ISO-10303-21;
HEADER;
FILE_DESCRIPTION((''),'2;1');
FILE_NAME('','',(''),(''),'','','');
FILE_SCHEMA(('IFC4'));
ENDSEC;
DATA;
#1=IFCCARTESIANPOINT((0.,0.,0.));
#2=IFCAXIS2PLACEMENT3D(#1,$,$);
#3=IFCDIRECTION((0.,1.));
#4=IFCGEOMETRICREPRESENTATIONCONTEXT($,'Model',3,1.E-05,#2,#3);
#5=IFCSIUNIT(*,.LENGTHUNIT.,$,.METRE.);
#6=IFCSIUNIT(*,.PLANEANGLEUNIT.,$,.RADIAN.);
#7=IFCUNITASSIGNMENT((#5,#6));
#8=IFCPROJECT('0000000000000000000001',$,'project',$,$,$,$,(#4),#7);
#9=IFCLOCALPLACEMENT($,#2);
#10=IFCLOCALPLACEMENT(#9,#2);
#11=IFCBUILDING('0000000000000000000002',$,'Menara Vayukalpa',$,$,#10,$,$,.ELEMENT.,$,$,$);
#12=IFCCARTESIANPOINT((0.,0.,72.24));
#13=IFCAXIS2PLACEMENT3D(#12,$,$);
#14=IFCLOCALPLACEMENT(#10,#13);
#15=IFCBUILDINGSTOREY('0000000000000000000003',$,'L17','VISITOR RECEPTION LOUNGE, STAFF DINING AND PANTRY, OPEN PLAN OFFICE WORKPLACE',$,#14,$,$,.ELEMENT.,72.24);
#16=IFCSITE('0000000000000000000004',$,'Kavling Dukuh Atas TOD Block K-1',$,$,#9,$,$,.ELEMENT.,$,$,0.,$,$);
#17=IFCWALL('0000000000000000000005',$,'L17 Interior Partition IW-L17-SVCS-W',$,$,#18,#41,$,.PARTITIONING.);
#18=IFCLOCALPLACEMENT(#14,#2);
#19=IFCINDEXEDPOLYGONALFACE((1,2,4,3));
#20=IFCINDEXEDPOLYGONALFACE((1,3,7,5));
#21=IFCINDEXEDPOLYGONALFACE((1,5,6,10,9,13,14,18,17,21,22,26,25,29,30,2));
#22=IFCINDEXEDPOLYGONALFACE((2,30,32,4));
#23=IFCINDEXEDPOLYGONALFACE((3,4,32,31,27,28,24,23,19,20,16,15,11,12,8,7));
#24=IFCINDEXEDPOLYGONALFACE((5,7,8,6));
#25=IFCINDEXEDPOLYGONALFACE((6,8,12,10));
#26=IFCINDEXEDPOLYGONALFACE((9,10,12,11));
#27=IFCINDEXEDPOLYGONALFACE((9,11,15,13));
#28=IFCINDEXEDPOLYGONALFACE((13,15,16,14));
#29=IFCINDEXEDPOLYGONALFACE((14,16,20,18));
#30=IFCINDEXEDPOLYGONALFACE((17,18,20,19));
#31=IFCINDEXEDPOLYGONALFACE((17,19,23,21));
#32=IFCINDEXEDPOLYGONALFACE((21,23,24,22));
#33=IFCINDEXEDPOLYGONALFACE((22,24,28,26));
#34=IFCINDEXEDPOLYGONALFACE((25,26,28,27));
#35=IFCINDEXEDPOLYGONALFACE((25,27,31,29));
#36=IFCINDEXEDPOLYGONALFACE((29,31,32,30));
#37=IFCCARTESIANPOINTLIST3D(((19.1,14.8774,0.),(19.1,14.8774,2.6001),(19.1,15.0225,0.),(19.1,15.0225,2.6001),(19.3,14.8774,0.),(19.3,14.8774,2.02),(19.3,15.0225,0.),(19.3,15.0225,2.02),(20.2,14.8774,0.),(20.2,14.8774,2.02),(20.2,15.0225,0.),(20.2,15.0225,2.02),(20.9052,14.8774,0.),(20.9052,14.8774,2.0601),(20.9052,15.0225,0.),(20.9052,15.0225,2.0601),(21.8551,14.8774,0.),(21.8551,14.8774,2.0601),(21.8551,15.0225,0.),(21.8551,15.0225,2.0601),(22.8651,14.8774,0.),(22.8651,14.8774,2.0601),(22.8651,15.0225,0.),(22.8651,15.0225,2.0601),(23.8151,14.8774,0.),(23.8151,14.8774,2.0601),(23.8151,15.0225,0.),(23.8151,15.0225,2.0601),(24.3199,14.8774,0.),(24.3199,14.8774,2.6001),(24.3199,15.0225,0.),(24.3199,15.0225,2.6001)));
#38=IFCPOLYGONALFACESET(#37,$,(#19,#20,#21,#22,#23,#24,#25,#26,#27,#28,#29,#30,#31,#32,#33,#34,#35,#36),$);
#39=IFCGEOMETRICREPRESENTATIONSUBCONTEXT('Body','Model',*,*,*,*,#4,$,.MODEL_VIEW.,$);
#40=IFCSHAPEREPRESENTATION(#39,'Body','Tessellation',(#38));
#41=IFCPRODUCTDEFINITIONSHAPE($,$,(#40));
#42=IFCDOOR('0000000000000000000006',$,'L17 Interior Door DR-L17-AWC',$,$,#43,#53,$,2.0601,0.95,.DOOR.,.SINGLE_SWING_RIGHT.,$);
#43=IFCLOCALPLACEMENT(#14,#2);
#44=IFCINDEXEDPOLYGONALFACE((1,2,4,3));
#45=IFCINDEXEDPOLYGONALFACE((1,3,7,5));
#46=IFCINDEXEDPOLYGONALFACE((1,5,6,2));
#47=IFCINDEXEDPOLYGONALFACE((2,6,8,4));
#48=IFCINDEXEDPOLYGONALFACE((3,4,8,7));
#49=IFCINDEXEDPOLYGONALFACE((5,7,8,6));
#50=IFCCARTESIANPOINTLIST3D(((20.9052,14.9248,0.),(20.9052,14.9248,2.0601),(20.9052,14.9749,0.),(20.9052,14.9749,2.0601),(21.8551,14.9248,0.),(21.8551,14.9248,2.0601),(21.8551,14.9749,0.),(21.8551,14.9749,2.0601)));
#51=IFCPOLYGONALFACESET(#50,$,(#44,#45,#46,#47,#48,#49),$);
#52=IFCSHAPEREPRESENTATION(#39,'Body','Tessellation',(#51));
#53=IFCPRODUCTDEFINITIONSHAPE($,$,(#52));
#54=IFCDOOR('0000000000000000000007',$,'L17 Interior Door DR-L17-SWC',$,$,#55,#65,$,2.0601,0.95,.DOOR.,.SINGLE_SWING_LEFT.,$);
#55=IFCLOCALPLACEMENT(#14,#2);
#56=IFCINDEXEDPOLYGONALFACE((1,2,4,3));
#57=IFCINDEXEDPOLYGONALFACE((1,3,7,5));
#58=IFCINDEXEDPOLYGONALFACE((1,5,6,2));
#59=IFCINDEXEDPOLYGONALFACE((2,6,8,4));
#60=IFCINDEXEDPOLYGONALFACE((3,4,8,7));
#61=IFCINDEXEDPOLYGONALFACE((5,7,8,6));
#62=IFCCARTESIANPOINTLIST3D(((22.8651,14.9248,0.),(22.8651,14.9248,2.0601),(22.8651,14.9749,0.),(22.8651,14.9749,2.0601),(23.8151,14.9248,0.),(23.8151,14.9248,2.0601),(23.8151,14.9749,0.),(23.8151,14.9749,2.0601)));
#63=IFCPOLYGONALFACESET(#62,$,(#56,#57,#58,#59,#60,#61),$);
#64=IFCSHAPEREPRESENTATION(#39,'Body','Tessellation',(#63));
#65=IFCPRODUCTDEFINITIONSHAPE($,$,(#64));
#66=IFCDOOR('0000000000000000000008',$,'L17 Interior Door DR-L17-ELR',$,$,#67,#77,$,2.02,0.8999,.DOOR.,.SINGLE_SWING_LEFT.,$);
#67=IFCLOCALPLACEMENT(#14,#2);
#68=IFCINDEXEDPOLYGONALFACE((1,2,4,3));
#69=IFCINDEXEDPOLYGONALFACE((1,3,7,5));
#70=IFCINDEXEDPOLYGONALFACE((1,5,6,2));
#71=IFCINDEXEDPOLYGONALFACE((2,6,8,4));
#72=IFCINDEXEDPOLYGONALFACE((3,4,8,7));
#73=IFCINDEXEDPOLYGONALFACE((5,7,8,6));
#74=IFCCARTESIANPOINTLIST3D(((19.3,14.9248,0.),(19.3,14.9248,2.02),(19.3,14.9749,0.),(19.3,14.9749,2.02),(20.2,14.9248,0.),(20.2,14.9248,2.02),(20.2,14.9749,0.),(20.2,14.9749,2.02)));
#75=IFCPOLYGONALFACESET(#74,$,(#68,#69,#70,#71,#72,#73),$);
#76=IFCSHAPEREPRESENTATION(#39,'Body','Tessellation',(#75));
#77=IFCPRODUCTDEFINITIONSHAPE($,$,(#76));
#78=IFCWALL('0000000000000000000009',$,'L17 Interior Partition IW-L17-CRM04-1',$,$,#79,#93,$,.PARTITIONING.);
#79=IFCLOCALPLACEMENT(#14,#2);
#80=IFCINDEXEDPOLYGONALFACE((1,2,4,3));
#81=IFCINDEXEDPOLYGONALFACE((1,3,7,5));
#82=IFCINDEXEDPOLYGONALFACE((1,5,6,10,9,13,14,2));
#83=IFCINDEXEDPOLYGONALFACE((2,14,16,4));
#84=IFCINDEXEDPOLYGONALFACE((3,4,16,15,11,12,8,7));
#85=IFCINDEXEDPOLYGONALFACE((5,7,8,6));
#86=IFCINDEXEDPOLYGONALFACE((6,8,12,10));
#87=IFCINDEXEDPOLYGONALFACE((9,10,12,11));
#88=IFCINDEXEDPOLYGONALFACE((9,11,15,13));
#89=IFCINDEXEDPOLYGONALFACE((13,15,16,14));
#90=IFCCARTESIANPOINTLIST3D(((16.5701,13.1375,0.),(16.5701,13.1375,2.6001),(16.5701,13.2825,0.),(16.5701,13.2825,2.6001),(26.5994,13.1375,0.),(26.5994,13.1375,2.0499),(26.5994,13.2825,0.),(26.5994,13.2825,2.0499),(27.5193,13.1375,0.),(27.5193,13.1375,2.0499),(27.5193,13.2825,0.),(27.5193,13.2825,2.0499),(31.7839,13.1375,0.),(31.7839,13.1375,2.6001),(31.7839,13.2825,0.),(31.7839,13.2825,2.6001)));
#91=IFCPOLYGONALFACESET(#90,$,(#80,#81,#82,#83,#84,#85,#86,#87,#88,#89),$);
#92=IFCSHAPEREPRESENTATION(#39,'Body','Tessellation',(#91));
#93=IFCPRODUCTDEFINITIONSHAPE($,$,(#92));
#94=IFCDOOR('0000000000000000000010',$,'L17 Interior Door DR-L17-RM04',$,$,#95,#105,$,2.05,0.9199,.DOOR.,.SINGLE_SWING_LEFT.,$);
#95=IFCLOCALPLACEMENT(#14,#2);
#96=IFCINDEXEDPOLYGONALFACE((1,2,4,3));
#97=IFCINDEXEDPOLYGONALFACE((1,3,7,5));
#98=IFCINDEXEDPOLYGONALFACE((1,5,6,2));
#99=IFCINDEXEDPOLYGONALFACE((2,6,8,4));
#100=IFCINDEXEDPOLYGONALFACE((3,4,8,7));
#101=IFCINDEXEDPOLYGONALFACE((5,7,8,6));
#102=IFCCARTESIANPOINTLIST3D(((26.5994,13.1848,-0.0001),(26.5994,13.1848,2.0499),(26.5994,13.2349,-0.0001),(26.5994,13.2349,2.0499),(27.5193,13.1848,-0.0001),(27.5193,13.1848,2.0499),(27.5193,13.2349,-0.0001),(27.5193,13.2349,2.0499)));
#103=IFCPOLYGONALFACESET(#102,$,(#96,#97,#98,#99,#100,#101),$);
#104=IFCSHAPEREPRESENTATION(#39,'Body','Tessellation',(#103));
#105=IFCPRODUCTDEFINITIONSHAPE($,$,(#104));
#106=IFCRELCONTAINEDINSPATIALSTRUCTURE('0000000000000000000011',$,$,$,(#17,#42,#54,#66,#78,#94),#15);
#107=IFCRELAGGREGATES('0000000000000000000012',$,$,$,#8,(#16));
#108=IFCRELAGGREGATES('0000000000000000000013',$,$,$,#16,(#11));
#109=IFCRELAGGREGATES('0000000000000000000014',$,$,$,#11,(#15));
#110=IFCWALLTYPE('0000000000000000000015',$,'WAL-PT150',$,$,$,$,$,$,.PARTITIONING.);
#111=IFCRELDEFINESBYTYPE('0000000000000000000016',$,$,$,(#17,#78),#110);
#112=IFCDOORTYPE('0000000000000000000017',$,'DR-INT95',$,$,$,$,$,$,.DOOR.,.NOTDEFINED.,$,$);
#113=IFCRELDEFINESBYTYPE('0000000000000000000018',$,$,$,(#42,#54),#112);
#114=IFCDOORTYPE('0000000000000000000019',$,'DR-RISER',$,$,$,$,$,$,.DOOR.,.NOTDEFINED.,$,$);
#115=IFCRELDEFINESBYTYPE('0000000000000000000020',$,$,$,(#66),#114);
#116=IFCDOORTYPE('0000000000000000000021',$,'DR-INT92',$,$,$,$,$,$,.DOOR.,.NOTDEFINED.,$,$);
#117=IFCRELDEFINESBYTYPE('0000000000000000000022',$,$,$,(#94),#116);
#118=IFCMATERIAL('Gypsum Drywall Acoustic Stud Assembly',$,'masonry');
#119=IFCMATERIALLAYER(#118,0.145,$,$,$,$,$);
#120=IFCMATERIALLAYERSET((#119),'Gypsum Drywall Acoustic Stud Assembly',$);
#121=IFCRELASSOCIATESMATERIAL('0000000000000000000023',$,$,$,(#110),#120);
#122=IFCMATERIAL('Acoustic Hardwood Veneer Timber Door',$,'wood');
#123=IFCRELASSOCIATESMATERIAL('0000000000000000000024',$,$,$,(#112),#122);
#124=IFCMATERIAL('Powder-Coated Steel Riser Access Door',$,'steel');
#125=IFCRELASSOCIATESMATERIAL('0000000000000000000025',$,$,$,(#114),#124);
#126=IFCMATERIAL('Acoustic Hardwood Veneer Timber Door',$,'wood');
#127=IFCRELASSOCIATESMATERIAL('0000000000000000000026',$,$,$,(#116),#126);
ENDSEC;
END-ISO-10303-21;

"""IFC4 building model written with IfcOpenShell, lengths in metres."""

from ifc_helpers import new_model, si_unit, direction, frame, frame_2d, origin, place, context, subcontext, project, spatial, rectangle, extrude, material, layer, layer_set, type_object, element, fill, save


model = new_model("IFC4")

# Units and contexts
model_context = context("Model", 3, precision=1e-05, world=origin(), true_north=direction((0.0, 1.0)))
body_context = subcontext(model_context, "Body", "Model", "MODEL_VIEW")
ifc_project = project(units=[si_unit("LENGTHUNIT", "METRE"), si_unit("PLANEANGLEUNIT", "RADIAN")], contexts=[model_context])

# Site, building, storey
site_placement = place(None, origin())
site = spatial("IfcSite", under=ifc_project, at=site_placement, Name="Kavling Dukuh Atas TOD Block K-1", CompositionType="ELEMENT", RefElevation=0.0)
building_placement = place(site_placement, origin())
building = spatial("IfcBuilding", under=site, at=building_placement, Name="Menara Vayukalpa", CompositionType="ELEMENT")
storey_placement = place(building_placement, frame((0.0, 0.0, 72.24)))
storey = spatial("IfcBuildingStorey", under=building, at=storey_placement, Name="L17", Description="VISITOR RECEPTION LOUNGE, STAFF DINING AND PANTRY, OPEN PLAN OFFICE WORKPLACE", CompositionType="ELEMENT", Elevation=72.24)

# Wall, openings, doors
ifc_material_1 = material(Name="Gypsum Drywall Acoustic Stud Assembly", Category="masonry")
ifc_layer_1 = layer(ifc_material_1, 0.145)
ifc_layer_set_1 = layer_set([ifc_layer_1], Name="Gypsum Drywall Acoustic Stud Assembly")
wall_type_1 = type_object("IfcWallType", Name="WAL-PT150", PredefinedType="PARTITIONING", material=ifc_layer_set_1)
wall_1_placement = place(storey_placement, frame((19.1001, 14.95, 0.0), z_axis=(0.0, 0.0, 1.0), x_axis=(1.0, 0.0, 0.0)))
wall_1 = element("IfcWall", 1, at=wall_1_placement, inside=storey, type_object=wall_type_1, Name="L17 Interior Partition IW-L17-SVCS-W", PredefinedType="PARTITIONING", context=body_context, shape_type="SweptSolid", body=[
    extrude(rectangle(XDim=5.22, YDim=0.145, at=frame_2d((2.6099, 0.0))), origin(), (0.0, 0.0, 1.0), 2.6001),
])
opening_1_placement = place(wall_1_placement, frame((0.2, 0.0, 0.0)))
opening_1 = element("IfcOpeningElement", 2, at=opening_1_placement, cuts=wall_1, PredefinedType="OPENING", context=body_context, shape_type="SweptSolid", body=[
    extrude(rectangle(XDim=0.8999, YDim=2.02, at=frame_2d((0.45, 1.01))), frame((0.0, 0.0825, 0.0), z_axis=(0.0, -1.0, 0.0), x_axis=(1.0, 0.0, 0.0)), (0.0, 0.0, 1.0), 0.165),
])
opening_2_placement = place(wall_1_placement, frame((1.8049, 0.0, 0.0)))
opening_2 = element("IfcOpeningElement", 3, at=opening_2_placement, cuts=wall_1, PredefinedType="OPENING", context=body_context, shape_type="SweptSolid", body=[
    extrude(rectangle(XDim=0.95, YDim=2.0601, at=frame_2d((0.4751, 1.03))), frame((0.0, 0.0825, 0.0), z_axis=(0.0, -1.0, 0.0), x_axis=(1.0, 0.0, 0.0)), (0.0, 0.0, 1.0), 0.165),
])
opening_3_placement = place(wall_1_placement, frame((3.7649, 0.0, 0.0)))
opening_3 = element("IfcOpeningElement", 4, at=opening_3_placement, cuts=wall_1, PredefinedType="OPENING", context=body_context, shape_type="SweptSolid", body=[
    extrude(rectangle(XDim=0.95, YDim=2.0601, at=frame_2d((0.4751, 1.03))), frame((0.0, 0.0825, 0.0), z_axis=(0.0, -1.0, 0.0), x_axis=(1.0, 0.0, 0.0)), (0.0, 0.0, 1.0), 0.165),
])
ifc_material_2 = material(Name="Acoustic Hardwood Veneer Timber Door", Category="wood")
door_type_1 = type_object("IfcDoorType", Name="DR-INT95", OperationType="NOTDEFINED", PredefinedType="DOOR", material=ifc_material_2)
door_1_placement = place(opening_2_placement, origin())
door_1 = element("IfcDoor", 5, at=door_1_placement, inside=storey, type_object=door_type_1, Name="L17 Interior Door DR-L17-AWC", OperationType="SINGLE_SWING_RIGHT", OverallHeight=2.0601, OverallWidth=0.95, PredefinedType="DOOR", context=body_context, shape_type="SweptSolid", body=[
    extrude(rectangle(XDim=0.95, YDim=2.0601, at=frame_2d((0.4751, 1.03))), frame((0.0, 0.0249, 0.0), z_axis=(0.0, -1.0, 0.0), x_axis=(1.0, 0.0, 0.0)), (0.0, 0.0, 1.0), 0.05),
])
fill(opening_2, door_1)
door_2_placement = place(opening_3_placement, origin())
door_2 = element("IfcDoor", 6, at=door_2_placement, inside=storey, type_object=door_type_1, Name="L17 Interior Door DR-L17-SWC", OperationType="SINGLE_SWING_LEFT", OverallHeight=2.0601, OverallWidth=0.95, PredefinedType="DOOR", context=body_context, shape_type="SweptSolid", body=[
    extrude(rectangle(XDim=0.95, YDim=2.0601, at=frame_2d((0.4751, 1.03))), frame((0.0, 0.0249, 0.0), z_axis=(0.0, -1.0, 0.0), x_axis=(1.0, 0.0, 0.0)), (0.0, 0.0, 1.0), 0.05),
])
fill(opening_3, door_2)
ifc_material_3 = material(Name="Powder-Coated Steel Riser Access Door", Category="steel")
door_type_2 = type_object("IfcDoorType", Name="DR-RISER", OperationType="NOTDEFINED", PredefinedType="DOOR", material=ifc_material_3)
door_3_placement = place(opening_1_placement, origin())
door_3 = element("IfcDoor", 7, at=door_3_placement, inside=storey, type_object=door_type_2, Name="L17 Interior Door DR-L17-ELR", OperationType="SINGLE_SWING_LEFT", OverallHeight=2.02, OverallWidth=0.8999, PredefinedType="DOOR", context=body_context, shape_type="SweptSolid", body=[
    extrude(rectangle(XDim=0.8999, YDim=2.02, at=frame_2d((0.45, 1.01))), frame((0.0, 0.0249, 0.0), z_axis=(0.0, -1.0, 0.0), x_axis=(1.0, 0.0, 0.0)), (0.0, 0.0, 1.0), 0.05),
])
fill(opening_1, door_3)

# Wall, opening, door
wall_2_placement = place(storey_placement, frame((16.5701, 13.21, 0.0), z_axis=(0.0, 0.0, 1.0), x_axis=(1.0, 0.0, 0.0)))
wall_2 = element("IfcWall", 8, at=wall_2_placement, inside=storey, type_object=wall_type_1, Name="L17 Interior Partition IW-L17-CRM04-1", PredefinedType="PARTITIONING", context=body_context, shape_type="SweptSolid", body=[
    extrude(rectangle(XDim=15.2139, YDim=0.145, at=frame_2d((7.6069, 0.0))), origin(), (0.0, 0.0, 1.0), 2.6001),
])
opening_4_placement = place(wall_2_placement, frame((10.0293, 0.0, 0.0)))
opening_4 = element("IfcOpeningElement", 9, at=opening_4_placement, cuts=wall_2, PredefinedType="OPENING", context=body_context, shape_type="SweptSolid", body=[
    extrude(rectangle(XDim=0.9199, YDim=2.05, at=frame_2d((0.46, 1.0249))), frame((0.0, 0.0825, 0.0), z_axis=(0.0, -1.0, 0.0), x_axis=(1.0, 0.0, 0.0)), (0.0, 0.0, 1.0), 0.165),
])
ifc_material_4 = material(Name="Acoustic Hardwood Veneer Timber Door", Category="wood")
door_type_3 = type_object("IfcDoorType", Name="DR-INT92", OperationType="NOTDEFINED", PredefinedType="DOOR", material=ifc_material_4)
door_4_placement = place(opening_4_placement, origin())
door_4 = element("IfcDoor", 10, at=door_4_placement, inside=storey, type_object=door_type_3, Name="L17 Interior Door DR-L17-RM04", OperationType="SINGLE_SWING_LEFT", OverallHeight=2.05, OverallWidth=0.9199, PredefinedType="DOOR", context=body_context, shape_type="SweptSolid", body=[
    extrude(rectangle(XDim=0.9199, YDim=2.05, at=frame_2d((0.46, 1.0249))), frame((0.0, 0.0249, 0.0), z_axis=(0.0, -1.0, 0.0), x_axis=(1.0, 0.0, 0.0)), (0.0, 0.0, 1.0), 0.05),
])
fill(opening_4, door_4)

save(model, "model.ifc")
